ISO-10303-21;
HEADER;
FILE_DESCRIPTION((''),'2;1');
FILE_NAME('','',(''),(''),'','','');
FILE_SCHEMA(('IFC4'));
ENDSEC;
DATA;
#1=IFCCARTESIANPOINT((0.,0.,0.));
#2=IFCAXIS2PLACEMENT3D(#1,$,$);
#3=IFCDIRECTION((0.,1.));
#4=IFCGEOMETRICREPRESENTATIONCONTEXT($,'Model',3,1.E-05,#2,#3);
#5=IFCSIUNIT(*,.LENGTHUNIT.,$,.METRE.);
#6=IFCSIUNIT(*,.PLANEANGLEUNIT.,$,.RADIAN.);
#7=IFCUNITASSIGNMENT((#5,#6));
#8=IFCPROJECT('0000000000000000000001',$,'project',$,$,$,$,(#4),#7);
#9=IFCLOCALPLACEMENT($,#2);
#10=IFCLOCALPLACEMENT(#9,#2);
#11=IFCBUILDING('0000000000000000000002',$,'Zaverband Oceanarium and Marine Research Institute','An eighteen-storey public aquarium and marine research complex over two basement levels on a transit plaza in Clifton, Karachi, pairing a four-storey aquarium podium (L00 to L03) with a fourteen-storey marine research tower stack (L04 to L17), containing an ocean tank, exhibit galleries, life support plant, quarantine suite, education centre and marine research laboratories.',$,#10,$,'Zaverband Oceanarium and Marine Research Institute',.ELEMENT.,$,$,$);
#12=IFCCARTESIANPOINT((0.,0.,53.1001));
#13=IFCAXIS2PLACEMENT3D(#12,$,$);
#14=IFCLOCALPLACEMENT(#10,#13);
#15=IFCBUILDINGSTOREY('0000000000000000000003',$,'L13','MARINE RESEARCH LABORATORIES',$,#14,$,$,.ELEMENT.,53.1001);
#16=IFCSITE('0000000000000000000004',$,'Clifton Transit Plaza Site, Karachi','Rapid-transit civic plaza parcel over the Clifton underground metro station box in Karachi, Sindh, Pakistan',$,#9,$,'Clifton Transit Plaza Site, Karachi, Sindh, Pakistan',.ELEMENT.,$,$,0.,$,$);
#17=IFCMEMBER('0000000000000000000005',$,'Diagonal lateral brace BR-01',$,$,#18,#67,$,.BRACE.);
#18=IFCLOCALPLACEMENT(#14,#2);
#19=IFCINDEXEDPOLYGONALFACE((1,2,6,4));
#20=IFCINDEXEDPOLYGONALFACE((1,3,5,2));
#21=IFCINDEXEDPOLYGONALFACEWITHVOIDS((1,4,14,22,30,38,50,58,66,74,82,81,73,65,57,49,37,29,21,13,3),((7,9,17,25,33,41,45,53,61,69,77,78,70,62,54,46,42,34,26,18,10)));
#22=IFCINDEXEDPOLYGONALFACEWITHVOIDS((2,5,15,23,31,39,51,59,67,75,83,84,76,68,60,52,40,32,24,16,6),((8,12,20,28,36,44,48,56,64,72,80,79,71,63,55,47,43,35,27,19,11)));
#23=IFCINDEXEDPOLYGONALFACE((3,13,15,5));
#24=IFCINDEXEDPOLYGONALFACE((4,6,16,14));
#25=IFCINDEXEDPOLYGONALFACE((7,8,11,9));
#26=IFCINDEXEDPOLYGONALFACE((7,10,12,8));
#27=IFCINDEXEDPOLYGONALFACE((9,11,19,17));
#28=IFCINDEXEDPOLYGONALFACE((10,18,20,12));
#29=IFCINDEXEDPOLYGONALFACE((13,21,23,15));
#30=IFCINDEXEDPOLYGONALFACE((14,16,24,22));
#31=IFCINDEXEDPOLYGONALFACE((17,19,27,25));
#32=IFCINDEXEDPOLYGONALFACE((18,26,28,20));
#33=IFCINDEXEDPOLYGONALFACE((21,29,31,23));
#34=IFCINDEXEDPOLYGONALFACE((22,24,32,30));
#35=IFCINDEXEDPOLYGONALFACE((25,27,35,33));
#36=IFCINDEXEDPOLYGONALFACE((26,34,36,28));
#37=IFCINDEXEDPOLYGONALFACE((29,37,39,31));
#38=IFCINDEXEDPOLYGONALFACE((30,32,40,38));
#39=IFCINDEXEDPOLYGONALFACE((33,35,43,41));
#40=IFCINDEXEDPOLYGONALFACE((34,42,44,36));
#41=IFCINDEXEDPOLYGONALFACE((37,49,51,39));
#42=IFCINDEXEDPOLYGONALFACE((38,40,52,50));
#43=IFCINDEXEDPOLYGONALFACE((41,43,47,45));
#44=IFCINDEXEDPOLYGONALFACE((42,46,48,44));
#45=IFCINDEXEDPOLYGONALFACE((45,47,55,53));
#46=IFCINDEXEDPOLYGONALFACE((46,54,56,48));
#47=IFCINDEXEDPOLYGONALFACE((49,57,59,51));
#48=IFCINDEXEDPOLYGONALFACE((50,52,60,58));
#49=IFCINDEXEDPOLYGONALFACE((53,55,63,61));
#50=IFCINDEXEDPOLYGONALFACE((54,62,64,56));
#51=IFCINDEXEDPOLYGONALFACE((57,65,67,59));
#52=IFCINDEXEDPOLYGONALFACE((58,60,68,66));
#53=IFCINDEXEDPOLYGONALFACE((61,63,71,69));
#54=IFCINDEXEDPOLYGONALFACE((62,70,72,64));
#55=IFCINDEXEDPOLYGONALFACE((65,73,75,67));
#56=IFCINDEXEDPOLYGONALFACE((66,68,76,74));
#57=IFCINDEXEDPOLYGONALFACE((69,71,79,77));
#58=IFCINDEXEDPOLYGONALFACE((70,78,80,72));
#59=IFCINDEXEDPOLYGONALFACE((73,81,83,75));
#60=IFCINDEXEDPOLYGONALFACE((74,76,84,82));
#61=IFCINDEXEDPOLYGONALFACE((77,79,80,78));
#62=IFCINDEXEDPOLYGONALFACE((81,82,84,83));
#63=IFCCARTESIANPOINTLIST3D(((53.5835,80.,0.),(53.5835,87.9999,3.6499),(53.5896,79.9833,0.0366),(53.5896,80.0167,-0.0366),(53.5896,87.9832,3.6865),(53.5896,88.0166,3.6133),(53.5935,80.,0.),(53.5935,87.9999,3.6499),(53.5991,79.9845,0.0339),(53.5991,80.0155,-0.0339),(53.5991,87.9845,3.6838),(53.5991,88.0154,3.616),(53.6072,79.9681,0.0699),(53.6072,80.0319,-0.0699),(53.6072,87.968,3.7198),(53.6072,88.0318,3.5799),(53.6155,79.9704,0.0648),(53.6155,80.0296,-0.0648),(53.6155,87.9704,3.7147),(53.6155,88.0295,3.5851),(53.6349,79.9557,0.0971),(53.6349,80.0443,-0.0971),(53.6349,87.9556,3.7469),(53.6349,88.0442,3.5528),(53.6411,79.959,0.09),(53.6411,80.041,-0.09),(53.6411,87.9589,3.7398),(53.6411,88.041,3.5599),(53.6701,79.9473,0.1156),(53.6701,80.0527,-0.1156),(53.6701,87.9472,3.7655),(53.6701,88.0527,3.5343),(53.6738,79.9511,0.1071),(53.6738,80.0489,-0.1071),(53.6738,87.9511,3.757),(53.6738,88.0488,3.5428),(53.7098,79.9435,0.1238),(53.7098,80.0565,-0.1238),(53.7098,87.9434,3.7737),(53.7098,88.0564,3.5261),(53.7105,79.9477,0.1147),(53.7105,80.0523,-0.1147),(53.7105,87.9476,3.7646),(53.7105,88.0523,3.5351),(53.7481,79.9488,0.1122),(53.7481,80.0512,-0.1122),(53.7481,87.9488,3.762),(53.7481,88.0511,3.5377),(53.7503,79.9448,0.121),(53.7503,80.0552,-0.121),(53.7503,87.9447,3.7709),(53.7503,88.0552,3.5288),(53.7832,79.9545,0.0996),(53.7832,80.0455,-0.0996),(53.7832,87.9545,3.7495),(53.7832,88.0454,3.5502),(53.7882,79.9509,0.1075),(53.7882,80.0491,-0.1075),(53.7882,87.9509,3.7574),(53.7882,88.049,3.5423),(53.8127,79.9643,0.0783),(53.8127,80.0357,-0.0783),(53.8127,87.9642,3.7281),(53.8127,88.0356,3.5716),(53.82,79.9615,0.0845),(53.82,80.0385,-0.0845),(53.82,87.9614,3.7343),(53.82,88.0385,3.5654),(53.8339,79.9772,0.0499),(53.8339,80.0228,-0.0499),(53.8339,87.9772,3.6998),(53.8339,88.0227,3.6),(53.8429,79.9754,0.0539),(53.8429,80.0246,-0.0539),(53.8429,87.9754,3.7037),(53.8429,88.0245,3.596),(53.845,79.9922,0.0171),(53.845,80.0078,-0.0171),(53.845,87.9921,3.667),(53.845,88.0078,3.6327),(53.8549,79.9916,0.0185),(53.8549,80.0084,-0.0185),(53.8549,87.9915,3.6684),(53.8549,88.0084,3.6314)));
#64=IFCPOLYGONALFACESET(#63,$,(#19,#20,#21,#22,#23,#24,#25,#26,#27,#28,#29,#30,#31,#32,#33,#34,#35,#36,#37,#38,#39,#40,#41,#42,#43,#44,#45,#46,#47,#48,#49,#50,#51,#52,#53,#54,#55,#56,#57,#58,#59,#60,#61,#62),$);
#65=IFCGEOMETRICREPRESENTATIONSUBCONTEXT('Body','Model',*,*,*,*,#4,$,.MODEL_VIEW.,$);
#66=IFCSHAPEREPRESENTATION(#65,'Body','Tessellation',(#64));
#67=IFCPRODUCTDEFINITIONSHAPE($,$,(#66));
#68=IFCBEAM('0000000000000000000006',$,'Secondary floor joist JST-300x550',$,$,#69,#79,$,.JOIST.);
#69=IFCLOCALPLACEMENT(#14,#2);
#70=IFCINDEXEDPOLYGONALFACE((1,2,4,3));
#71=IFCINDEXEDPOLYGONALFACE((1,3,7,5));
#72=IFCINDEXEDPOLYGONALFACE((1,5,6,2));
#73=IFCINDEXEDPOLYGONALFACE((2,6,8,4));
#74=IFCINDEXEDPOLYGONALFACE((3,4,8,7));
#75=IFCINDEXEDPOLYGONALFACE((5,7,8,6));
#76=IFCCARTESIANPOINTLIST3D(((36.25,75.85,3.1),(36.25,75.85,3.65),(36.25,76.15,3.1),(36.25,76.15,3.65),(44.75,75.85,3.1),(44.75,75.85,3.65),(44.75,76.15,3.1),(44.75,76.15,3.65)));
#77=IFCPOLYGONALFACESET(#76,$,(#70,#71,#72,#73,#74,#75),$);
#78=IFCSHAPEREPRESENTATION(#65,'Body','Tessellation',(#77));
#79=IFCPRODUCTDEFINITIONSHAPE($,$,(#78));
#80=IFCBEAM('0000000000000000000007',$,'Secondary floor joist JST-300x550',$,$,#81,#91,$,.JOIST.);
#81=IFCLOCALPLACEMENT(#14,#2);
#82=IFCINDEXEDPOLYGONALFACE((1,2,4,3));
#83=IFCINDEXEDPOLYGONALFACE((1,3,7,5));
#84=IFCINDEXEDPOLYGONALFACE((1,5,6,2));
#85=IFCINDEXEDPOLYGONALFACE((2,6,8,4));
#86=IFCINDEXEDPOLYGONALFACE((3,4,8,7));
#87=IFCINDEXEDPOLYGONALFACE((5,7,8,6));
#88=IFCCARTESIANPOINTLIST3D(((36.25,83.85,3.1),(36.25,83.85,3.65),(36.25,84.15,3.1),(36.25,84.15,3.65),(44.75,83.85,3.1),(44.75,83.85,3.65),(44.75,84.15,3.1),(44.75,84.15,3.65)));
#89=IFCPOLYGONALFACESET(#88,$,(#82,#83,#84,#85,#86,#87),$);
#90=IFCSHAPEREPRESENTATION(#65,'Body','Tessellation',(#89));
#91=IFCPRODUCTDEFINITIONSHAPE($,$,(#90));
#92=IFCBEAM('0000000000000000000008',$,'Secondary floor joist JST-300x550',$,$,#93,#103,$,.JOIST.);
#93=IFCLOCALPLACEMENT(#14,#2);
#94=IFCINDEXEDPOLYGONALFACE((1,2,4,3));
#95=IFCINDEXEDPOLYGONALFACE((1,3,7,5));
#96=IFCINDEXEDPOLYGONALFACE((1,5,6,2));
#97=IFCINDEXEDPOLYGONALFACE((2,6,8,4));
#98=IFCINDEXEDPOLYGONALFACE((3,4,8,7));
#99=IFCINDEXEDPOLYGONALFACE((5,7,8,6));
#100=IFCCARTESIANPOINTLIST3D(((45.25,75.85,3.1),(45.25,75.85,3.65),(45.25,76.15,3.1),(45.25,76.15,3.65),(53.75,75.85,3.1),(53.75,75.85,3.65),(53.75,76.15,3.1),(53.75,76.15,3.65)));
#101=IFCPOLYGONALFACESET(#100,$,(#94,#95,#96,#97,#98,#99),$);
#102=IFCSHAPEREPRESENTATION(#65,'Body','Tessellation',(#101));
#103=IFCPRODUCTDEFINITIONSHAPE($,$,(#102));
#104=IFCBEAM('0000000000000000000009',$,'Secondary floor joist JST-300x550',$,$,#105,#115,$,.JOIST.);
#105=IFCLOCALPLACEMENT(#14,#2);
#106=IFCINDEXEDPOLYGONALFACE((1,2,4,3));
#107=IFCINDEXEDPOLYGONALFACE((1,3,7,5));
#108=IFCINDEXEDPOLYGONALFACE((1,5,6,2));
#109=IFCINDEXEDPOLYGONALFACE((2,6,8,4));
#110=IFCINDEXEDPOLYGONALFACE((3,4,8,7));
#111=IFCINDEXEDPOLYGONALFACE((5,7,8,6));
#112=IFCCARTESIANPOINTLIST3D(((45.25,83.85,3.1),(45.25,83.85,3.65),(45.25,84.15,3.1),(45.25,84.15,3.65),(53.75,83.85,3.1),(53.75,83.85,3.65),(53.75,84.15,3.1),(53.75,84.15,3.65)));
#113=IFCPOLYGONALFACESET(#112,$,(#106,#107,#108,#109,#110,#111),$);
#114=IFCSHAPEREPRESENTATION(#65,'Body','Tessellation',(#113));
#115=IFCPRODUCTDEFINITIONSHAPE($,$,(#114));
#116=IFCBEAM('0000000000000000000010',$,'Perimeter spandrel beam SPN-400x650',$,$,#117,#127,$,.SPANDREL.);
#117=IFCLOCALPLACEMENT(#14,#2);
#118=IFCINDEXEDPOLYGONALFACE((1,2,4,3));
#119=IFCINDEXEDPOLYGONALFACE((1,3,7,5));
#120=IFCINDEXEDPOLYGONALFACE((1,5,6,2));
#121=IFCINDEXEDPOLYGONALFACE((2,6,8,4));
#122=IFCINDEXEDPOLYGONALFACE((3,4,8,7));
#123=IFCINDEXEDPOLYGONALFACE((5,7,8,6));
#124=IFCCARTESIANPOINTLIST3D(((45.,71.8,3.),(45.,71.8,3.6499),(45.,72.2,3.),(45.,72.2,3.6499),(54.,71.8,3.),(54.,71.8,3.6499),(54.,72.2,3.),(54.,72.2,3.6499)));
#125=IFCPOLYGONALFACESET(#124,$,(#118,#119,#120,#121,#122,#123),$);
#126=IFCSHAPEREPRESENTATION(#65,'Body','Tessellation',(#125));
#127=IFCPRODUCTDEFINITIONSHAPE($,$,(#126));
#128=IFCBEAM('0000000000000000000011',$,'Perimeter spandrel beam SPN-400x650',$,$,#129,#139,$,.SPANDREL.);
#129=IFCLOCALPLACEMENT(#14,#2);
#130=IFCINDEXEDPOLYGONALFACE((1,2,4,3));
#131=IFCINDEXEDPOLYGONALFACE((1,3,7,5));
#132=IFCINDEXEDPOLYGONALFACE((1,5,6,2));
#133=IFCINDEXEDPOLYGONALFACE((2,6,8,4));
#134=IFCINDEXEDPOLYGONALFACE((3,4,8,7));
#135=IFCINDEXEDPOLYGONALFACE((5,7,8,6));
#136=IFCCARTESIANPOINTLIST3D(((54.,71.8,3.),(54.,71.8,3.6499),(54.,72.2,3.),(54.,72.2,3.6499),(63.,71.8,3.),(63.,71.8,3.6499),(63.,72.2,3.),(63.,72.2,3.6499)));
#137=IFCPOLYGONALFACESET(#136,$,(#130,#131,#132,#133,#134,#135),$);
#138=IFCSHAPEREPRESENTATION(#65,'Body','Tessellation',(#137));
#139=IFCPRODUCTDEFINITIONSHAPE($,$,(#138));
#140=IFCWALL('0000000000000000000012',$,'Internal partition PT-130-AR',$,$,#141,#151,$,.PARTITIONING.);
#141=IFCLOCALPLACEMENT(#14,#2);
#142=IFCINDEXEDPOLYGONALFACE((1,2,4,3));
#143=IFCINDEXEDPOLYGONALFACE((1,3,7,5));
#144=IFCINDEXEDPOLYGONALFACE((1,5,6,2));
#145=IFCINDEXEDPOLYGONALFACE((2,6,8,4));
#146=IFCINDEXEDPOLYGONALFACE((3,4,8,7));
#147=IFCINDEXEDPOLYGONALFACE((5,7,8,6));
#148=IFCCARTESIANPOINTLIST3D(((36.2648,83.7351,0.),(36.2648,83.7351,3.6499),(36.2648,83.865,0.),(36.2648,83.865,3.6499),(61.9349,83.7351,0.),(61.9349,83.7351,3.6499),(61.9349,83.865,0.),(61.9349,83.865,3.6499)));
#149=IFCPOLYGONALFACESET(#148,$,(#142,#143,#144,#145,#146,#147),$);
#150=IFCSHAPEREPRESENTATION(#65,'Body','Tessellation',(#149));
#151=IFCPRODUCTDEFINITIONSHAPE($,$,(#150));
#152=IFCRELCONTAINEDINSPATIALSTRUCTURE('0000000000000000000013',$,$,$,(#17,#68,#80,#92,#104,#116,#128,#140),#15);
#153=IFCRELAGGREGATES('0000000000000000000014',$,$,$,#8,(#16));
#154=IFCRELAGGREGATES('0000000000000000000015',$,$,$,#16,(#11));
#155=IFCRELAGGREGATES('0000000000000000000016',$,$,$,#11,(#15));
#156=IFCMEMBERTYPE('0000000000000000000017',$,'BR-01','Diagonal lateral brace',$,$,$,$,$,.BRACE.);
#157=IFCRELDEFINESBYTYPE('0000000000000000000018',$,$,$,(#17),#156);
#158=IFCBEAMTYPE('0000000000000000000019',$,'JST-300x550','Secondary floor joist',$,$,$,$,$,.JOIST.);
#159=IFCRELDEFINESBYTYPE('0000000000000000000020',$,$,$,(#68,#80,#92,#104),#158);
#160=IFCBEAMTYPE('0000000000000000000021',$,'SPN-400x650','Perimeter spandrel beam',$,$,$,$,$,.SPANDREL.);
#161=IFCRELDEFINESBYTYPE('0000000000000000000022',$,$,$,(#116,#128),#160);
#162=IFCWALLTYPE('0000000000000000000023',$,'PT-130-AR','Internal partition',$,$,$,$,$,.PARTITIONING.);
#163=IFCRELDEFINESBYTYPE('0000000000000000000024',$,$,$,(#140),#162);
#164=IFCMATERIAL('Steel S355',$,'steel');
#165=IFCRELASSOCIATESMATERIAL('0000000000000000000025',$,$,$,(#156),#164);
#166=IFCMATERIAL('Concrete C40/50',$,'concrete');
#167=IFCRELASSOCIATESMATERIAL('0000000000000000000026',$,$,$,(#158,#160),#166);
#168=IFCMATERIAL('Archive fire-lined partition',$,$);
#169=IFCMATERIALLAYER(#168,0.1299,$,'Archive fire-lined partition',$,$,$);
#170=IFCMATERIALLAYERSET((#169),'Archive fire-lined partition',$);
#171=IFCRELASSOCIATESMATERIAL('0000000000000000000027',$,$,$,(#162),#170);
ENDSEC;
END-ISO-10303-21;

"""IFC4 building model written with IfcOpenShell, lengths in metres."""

from ifc_helpers import new_model, si_unit, direction, frame, frame_2d, origin, origin_2d, place, context, subcontext, project, spatial, rectangle, hollow_circle, extrude, material, layer, layer_set, material_profile, profile_set, type_object, element, save


model = new_model("IFC4")

# Units and contexts
model_context = context("Model", 3, precision=1e-05, world=origin(), true_north=direction((0.0, 1.0)))
body_context = subcontext(model_context, "Body", "Model", "MODEL_VIEW")
ifc_project = project(units=[si_unit("LENGTHUNIT", "METRE"), si_unit("PLANEANGLEUNIT", "RADIAN")], contexts=[model_context])

# Site, building, storey
site_placement = place(None, origin())
site = spatial("IfcSite", under=ifc_project, at=site_placement, Name="Clifton Transit Plaza Site, Karachi", Description="Rapid-transit civic plaza parcel over the Clifton underground metro station box in Karachi, Sindh, Pakistan", LongName="Clifton Transit Plaza Site, Karachi, Sindh, Pakistan", CompositionType="ELEMENT", RefElevation=0.0)
building_placement = place(site_placement, origin())
building = spatial("IfcBuilding", under=site, at=building_placement, Name="Zaverband Oceanarium and Marine Research Institute", Description="An eighteen-storey public aquarium and marine research complex over two basement levels on a transit plaza in Clifton, Karachi, pairing a four-storey aquarium podium (L00 to L03) with a fourteen-storey marine research tower stack (L04 to L17), containing an ocean tank, exhibit galleries, life support plant, quarantine suite, education centre and marine research laboratories.", LongName="Zaverband Oceanarium and Marine Research Institute", CompositionType="ELEMENT")
storey_placement = place(building_placement, frame((0.0, 0.0, 53.1001)))
storey = spatial("IfcBuildingStorey", under=building, at=storey_placement, Name="L13", Description="MARINE RESEARCH LABORATORIES", CompositionType="ELEMENT", Elevation=53.1001)

# Shared definitions
ifc_material_1 = material(Name="Concrete C40/50", Category="concrete")

# Member
ifc_material_2 = material(Name="Steel S355", Category="steel")
ifc_material_profile_1 = material_profile(ifc_material_2, hollow_circle(Radius=0.1365, WallThickness=0.01, at=origin_2d()), Name="CHS273x10")
ifc_profile_set_1 = profile_set([ifc_material_profile_1], Name="Steel S355")
member_type = type_object("IfcMemberType", Name="BR-01", Description="Diagonal lateral brace", PredefinedType="BRACE", material=ifc_profile_set_1)
member_placement = place(storey_placement, frame((53.72, 80.0, 0.0), z_axis=(0.0, 0.909786, 0.415079), x_axis=(-1.0, 0.0, 0.0)))
element("IfcMember", 1, at=member_placement, inside=storey, type_object=member_type, Name="Diagonal lateral brace BR-01", PredefinedType="BRACE", context=body_context, shape_type="SweptSolid", body=[
    extrude(hollow_circle(Radius=0.1365, WallThickness=0.01, at=origin_2d()), origin(), (0.0, 0.0, 1.0), 8.7932),
])

# Beams
ifc_material_profile_2 = material_profile(ifc_material_1, rectangle(XDim=0.3, YDim=0.55, at=origin_2d()), Name="RC300x550")
ifc_profile_set_2 = profile_set([ifc_material_profile_2], Name="Concrete C40/50")
beam_type_1 = type_object("IfcBeamType", Name="JST-300x550", Description="Secondary floor joist", PredefinedType="JOIST", material=ifc_profile_set_2)
for number, where, z_axis, x_axis, name in (
    (2, (36.25, 76.0, 3.375), (1.0, 0.0, 0.0), (0.0, 1.0, 0.0), "Secondary floor joist JST-300x550"),
    (3, (36.25, 84.0, 3.375), (1.0, 0.0, 0.0), (0.0, 1.0, 0.0), "Secondary floor joist JST-300x550"),
    (4, (45.25, 76.0, 3.375), (1.0, 0.0, 0.0), (0.0, 1.0, 0.0), "Secondary floor joist JST-300x550"),
    (5, (45.25, 84.0, 3.375), (1.0, 0.0, 0.0), (0.0, 1.0, 0.0), "Secondary floor joist JST-300x550"),
):
    element("IfcBeam", number, at=place(storey_placement, frame(where, z_axis=z_axis, x_axis=x_axis)), inside=storey, type_object=beam_type_1, Name=name, PredefinedType="JOIST", context=body_context, shape_type="SweptSolid", body=[
        extrude(rectangle(XDim=0.3, YDim=0.55, at=origin_2d()), origin(), (0.0, 0.0, 1.0), 8.5),
    ])
ifc_material_profile_3 = material_profile(ifc_material_1, rectangle(XDim=0.3999, YDim=0.6499, at=origin_2d()), Name="RC400x650")
ifc_profile_set_3 = profile_set([ifc_material_profile_3], Name="Concrete C40/50")
beam_type_2 = type_object("IfcBeamType", Name="SPN-400x650", Description="Perimeter spandrel beam", PredefinedType="SPANDREL", material=ifc_profile_set_3)
for number, where, z_axis, x_axis, name in (
    (6, (45.0, 72.0, 3.325), (1.0, 0.0, 0.0), (0.0, 1.0, 0.0), "Perimeter spandrel beam SPN-400x650"),
    (7, (54.0, 72.0, 3.325), (1.0, 0.0, 0.0), (0.0, 1.0, 0.0), "Perimeter spandrel beam SPN-400x650"),
):
    element("IfcBeam", number, at=place(storey_placement, frame(where, z_axis=z_axis, x_axis=x_axis)), inside=storey, type_object=beam_type_2, Name=name, PredefinedType="SPANDREL", context=body_context, shape_type="SweptSolid", body=[
        extrude(rectangle(XDim=0.3999, YDim=0.6499, at=origin_2d()), origin(), (0.0, 0.0, 1.0), 9.0),
    ])

# Wall
ifc_material_3 = material(Name="Archive fire-lined partition")
ifc_layer = layer(ifc_material_3, 0.1299, Name="Archive fire-lined partition")
ifc_layer_set = layer_set([ifc_layer], Name="Archive fire-lined partition")
wall_type = type_object("IfcWallType", Name="PT-130-AR", Description="Internal partition", PredefinedType="PARTITIONING", material=ifc_layer_set)
wall_placement = place(storey_placement, frame((36.2649, 83.8, 0.0), z_axis=(0.0, 0.0, 1.0), x_axis=(1.0, 0.0, 0.0)))
element("IfcWall", 8, at=wall_placement, inside=storey, type_object=wall_type, Name="Internal partition PT-130-AR", PredefinedType="PARTITIONING", context=body_context, shape_type="SweptSolid", body=[
    extrude(rectangle(XDim=25.6702, YDim=0.1299, at=frame_2d((12.835, 0.0))), origin(), (0.0, 0.0, 1.0), 3.6499),
])

save(model, "model.ifc")
